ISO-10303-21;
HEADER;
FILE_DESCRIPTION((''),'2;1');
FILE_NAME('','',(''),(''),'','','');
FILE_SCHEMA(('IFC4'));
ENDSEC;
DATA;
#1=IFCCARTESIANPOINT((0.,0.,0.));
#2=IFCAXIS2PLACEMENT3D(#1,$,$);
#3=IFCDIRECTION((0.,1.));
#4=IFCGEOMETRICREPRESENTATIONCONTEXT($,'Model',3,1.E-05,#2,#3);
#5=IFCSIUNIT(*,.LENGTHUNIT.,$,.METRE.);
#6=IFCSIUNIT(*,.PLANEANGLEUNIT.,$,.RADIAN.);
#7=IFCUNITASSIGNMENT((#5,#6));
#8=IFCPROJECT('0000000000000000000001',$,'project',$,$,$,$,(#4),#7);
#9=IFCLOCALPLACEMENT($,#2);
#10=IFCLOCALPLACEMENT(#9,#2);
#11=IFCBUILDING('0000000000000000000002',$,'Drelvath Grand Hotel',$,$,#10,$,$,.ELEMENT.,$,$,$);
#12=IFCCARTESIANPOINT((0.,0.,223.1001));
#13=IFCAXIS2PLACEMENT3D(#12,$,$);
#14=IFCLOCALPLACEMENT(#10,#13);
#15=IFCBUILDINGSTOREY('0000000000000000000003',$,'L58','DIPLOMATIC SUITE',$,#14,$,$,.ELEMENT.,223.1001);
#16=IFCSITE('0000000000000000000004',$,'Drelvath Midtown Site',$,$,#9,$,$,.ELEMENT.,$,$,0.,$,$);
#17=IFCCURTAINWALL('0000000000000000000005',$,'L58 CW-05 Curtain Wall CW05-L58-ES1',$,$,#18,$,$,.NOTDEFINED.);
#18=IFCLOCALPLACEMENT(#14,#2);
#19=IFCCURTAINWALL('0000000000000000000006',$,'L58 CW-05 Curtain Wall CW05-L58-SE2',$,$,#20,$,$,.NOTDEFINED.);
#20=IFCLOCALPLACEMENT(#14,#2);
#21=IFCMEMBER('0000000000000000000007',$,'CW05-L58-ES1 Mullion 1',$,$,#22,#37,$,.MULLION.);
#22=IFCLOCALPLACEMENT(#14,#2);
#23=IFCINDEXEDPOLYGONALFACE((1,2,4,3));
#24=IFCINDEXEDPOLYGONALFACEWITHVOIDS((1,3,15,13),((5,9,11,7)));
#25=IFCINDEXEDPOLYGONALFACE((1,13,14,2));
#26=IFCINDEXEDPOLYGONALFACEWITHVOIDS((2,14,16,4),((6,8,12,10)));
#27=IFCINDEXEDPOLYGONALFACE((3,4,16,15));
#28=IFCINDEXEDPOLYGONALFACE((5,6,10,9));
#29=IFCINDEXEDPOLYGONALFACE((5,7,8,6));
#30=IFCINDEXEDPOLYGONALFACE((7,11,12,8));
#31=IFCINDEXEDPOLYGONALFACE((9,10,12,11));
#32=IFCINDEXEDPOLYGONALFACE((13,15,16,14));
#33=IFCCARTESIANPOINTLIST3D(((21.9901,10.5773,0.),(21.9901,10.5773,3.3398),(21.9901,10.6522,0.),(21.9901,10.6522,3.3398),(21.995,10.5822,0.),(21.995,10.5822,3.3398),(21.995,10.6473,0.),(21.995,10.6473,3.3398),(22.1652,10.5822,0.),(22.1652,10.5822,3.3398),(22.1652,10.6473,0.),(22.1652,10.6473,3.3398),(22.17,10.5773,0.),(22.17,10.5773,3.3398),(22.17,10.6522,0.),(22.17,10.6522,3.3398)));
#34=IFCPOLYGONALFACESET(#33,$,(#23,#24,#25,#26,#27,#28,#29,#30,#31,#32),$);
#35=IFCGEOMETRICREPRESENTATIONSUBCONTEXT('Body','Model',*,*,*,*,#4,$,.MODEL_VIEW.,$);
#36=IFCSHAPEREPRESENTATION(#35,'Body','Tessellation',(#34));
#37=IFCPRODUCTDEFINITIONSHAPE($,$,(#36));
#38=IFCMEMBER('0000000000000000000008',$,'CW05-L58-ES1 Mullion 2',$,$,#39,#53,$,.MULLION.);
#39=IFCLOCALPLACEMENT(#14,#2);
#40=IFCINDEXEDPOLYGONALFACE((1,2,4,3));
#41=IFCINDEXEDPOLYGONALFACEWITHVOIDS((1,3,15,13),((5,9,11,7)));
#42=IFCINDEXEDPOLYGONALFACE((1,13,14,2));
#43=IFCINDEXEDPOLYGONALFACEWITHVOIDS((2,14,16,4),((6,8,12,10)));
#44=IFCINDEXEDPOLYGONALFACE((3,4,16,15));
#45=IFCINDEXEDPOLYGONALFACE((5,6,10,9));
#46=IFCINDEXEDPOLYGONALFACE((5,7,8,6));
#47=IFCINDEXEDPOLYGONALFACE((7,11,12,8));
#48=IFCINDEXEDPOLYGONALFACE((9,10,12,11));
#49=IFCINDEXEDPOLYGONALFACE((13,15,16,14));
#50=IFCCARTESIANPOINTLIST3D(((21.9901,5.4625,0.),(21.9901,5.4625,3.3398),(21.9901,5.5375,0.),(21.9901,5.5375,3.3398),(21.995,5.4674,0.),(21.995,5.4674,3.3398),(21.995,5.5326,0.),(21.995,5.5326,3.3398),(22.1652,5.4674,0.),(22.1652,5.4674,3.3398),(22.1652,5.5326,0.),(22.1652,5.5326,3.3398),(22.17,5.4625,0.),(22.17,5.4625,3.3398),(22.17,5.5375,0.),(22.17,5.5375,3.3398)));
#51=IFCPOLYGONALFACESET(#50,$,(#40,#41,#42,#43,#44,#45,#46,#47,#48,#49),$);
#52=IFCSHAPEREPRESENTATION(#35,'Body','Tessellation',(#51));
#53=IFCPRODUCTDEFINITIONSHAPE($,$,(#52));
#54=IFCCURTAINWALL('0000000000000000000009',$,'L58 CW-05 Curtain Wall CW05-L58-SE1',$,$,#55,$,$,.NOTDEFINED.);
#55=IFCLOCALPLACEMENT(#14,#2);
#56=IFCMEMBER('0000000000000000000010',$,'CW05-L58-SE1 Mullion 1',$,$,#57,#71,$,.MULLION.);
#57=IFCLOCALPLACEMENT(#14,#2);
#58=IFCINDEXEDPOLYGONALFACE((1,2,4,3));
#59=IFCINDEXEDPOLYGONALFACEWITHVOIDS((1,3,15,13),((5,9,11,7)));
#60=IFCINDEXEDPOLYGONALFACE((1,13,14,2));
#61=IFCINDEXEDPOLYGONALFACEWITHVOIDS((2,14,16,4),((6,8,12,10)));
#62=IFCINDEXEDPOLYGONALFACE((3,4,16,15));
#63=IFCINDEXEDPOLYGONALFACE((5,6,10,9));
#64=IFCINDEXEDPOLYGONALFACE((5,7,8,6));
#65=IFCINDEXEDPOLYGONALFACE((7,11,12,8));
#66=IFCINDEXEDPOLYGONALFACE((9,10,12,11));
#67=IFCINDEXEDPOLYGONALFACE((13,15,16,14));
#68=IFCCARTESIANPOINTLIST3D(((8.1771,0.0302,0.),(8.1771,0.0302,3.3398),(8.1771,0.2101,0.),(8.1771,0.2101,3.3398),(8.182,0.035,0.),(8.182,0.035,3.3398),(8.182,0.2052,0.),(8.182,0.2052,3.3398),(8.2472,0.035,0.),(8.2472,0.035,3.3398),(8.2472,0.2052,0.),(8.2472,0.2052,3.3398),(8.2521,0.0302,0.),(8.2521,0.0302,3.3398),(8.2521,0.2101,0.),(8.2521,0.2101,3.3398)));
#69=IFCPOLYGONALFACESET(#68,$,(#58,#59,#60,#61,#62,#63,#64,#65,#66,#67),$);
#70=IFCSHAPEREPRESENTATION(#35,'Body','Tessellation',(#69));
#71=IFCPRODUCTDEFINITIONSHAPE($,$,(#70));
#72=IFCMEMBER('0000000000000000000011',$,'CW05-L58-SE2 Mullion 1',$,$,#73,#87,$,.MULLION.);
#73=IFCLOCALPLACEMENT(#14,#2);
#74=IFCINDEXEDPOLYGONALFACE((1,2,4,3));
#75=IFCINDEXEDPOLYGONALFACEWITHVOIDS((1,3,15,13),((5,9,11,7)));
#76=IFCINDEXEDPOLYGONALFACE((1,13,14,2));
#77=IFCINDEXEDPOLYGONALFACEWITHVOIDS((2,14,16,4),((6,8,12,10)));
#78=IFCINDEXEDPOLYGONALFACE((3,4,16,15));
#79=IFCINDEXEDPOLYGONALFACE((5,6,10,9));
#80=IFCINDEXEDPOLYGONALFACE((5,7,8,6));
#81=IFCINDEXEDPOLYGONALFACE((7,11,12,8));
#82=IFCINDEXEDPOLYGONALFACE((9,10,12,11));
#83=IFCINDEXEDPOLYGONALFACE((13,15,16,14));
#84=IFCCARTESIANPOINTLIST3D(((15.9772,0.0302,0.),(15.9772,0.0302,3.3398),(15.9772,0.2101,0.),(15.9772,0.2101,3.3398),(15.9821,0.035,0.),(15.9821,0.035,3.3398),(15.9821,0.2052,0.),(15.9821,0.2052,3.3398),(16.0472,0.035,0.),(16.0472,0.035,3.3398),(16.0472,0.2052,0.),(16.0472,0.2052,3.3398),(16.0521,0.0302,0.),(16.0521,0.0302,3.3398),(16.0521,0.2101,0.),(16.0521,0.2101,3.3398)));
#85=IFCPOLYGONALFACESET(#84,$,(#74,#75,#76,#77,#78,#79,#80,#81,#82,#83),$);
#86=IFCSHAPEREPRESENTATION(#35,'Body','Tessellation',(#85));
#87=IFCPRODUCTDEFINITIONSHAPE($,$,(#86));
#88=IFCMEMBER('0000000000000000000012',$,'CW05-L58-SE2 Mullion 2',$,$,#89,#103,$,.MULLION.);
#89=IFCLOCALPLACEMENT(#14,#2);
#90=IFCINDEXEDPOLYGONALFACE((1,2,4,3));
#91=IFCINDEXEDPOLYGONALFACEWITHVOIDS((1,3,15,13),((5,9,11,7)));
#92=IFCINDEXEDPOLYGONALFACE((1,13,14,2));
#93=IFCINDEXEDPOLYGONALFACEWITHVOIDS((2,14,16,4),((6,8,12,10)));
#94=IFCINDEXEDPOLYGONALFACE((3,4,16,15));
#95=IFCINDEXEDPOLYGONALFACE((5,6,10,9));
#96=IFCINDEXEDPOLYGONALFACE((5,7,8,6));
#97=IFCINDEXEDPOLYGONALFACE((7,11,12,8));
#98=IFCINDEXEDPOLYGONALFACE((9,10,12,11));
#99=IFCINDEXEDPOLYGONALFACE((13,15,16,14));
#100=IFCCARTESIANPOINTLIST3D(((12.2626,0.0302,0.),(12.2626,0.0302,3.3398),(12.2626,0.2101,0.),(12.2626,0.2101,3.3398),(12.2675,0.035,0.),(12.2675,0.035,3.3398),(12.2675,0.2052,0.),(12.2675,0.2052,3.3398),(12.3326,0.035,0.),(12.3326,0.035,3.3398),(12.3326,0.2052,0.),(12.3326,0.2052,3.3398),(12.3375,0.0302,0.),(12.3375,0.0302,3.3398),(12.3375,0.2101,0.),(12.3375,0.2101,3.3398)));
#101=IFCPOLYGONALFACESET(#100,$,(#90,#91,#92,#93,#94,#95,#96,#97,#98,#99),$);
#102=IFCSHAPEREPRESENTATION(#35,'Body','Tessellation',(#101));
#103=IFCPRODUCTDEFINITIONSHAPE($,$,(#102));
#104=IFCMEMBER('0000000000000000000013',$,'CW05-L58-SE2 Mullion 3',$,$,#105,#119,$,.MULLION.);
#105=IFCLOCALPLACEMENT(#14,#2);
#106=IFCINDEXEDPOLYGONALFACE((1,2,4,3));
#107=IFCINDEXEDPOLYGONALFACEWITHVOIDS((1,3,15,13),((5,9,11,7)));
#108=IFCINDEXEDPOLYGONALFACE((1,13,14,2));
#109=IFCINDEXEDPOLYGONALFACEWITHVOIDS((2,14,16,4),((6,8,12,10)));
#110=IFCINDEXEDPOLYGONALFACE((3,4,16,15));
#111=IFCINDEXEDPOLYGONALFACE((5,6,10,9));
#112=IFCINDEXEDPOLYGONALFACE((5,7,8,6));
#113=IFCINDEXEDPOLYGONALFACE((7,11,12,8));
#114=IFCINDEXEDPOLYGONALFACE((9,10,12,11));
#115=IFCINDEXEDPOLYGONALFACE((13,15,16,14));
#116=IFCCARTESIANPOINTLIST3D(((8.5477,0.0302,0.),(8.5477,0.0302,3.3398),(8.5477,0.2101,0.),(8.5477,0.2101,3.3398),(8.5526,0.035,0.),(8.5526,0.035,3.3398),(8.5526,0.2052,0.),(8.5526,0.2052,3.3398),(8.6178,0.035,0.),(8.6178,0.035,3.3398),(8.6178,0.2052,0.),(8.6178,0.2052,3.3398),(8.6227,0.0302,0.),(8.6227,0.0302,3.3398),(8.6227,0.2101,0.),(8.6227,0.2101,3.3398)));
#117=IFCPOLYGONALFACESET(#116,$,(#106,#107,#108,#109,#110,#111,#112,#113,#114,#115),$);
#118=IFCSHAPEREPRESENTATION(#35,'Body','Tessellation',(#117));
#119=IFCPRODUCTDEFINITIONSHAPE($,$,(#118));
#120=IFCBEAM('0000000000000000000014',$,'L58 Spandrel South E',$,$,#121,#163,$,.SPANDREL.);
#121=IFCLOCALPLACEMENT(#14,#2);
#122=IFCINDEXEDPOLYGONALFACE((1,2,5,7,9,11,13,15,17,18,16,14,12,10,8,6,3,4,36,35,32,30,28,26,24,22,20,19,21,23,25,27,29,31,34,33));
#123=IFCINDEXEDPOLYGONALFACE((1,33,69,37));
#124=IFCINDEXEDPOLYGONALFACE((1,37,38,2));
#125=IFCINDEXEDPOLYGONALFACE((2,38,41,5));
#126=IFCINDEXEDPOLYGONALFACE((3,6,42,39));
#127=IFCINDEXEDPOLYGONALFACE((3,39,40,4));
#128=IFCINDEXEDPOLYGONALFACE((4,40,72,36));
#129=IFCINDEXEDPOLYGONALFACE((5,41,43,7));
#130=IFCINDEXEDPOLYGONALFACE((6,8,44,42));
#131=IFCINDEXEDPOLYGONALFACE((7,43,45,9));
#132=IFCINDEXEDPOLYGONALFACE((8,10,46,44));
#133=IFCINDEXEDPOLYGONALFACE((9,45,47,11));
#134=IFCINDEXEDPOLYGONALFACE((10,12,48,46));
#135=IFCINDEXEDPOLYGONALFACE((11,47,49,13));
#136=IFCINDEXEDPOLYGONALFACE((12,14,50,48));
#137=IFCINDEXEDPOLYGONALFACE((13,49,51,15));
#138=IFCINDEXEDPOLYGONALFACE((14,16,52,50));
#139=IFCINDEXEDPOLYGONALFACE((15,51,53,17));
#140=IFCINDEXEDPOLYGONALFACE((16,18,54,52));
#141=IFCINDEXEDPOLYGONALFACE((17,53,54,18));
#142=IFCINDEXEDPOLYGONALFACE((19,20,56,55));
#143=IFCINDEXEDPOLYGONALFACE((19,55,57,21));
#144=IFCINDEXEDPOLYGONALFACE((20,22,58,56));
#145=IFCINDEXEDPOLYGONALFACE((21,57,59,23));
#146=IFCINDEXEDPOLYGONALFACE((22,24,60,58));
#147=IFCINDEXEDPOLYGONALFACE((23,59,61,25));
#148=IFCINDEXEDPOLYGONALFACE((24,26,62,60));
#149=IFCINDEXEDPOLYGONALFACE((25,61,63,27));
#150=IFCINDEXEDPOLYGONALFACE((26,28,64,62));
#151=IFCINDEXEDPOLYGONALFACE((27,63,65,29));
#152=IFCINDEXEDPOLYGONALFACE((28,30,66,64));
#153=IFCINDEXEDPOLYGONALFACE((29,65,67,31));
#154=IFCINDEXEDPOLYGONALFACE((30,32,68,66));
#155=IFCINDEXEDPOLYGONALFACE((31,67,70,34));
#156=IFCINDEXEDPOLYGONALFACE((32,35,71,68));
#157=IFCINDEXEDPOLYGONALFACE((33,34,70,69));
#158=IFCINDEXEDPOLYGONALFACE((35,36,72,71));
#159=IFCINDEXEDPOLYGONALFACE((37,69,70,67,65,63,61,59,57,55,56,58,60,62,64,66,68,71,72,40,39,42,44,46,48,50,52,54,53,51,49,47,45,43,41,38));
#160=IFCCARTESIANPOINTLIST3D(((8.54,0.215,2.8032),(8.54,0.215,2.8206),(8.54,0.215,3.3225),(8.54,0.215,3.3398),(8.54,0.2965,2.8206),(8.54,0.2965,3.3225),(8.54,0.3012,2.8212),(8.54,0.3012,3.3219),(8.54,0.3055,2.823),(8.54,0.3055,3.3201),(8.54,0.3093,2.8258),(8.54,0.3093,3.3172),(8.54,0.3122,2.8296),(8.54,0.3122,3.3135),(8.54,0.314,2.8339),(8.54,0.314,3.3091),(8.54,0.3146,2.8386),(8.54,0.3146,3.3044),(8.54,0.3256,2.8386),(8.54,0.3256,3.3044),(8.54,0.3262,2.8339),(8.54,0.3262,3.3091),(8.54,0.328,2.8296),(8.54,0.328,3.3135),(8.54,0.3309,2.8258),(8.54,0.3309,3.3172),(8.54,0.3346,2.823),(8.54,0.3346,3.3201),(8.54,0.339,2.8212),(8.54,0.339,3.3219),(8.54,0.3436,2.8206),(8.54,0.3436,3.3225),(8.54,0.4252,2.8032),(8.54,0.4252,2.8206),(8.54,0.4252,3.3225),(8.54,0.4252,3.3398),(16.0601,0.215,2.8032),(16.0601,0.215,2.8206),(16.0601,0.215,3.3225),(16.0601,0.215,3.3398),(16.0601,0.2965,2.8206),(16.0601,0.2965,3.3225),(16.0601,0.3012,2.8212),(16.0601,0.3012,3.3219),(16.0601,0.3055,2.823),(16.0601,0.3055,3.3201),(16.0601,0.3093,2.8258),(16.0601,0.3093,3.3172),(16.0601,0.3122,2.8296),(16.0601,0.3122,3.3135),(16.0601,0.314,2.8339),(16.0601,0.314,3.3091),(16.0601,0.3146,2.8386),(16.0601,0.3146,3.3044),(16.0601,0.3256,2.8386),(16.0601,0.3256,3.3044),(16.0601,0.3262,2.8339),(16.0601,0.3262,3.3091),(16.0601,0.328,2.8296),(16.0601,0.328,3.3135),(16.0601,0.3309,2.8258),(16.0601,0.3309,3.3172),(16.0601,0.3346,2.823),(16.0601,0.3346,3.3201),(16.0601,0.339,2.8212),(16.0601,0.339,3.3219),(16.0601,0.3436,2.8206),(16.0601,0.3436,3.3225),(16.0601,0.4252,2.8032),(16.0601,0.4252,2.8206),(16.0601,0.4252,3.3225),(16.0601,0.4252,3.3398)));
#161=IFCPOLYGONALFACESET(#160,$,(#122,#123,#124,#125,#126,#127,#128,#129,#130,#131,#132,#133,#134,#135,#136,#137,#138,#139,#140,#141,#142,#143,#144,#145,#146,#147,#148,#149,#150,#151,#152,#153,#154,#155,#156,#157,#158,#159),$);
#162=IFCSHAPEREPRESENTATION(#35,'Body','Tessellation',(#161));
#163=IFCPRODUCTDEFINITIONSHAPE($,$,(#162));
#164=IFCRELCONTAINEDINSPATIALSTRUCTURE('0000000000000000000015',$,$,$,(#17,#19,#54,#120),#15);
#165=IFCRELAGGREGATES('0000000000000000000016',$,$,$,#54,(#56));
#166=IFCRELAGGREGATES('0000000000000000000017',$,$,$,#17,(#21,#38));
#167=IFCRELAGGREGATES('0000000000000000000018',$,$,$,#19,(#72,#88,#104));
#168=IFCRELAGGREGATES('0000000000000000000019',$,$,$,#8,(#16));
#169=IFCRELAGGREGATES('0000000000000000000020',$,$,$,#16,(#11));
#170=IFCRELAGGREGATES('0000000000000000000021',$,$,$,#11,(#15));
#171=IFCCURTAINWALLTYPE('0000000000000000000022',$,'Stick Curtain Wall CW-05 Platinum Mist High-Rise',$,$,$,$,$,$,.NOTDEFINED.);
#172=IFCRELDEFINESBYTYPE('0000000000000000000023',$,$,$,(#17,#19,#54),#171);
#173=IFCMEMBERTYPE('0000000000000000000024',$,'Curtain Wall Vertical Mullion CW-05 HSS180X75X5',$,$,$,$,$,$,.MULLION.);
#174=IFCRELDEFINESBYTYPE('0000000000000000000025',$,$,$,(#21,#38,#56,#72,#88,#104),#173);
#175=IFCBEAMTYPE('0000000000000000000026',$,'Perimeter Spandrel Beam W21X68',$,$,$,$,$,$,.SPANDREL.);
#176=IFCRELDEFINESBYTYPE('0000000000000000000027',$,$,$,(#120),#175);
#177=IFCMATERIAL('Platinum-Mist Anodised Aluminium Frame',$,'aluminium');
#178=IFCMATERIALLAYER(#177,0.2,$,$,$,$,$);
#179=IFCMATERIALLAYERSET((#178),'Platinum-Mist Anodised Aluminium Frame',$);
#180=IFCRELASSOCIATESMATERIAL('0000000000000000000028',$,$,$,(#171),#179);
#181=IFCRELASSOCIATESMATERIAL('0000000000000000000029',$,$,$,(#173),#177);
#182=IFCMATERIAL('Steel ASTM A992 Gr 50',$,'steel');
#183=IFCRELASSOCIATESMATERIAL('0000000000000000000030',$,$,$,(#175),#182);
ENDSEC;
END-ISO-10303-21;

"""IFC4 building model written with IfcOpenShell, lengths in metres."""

from ifc_helpers import new_model, si_unit, direction, frame, origin, origin_2d, place, context, subcontext, project, spatial, hollow_rectangle, i_section, extrude, material, layer, layer_set, material_profile, profile_set, type_object, element, aggregate, save


model = new_model("IFC4")

# Units and contexts
model_context = context("Model", 3, precision=1e-05, world=origin(), true_north=direction((0.0, 1.0)))
body_context = subcontext(model_context, "Body", "Model", "MODEL_VIEW")
ifc_project = project(units=[si_unit("LENGTHUNIT", "METRE"), si_unit("PLANEANGLEUNIT", "RADIAN")], contexts=[model_context])

# Site, building, storey
site_placement = place(None, origin())
site = spatial("IfcSite", under=ifc_project, at=site_placement, Name="Drelvath Midtown Site", CompositionType="ELEMENT", RefElevation=0.0)
building_placement = place(site_placement, origin())
building = spatial("IfcBuilding", under=site, at=building_placement, Name="Drelvath Grand Hotel", CompositionType="ELEMENT")
storey_placement = place(building_placement, frame((0.0, 0.0, 223.1001)))
storey = spatial("IfcBuildingStorey", under=building, at=storey_placement, Name="L58", Description="DIPLOMATIC SUITE", CompositionType="ELEMENT", Elevation=223.1001)

# Shared definitions
ifc_material_1 = material(Name="Steel ASTM A992 Gr 50", Category="steel")

# Curtain walls
ifc_material_2 = material(Name="Platinum-Mist Anodised Aluminium Frame", Category="aluminium")
ifc_layer_1 = layer(ifc_material_2, 0.2)
ifc_layer_set_1 = layer_set([ifc_layer_1], Name="Platinum-Mist Anodised Aluminium Frame")
curtain_wall_type = type_object("IfcCurtainWallType", Name="Stick Curtain Wall CW-05 Platinum Mist High-Rise", PredefinedType="NOTDEFINED", material=ifc_layer_set_1)
curtain_wall_1_placement = place(storey_placement, origin())
curtain_wall_1 = element("IfcCurtainWall", 1, at=curtain_wall_1_placement, inside=storey, type_object=curtain_wall_type, Name="L58 CW-05 Curtain Wall CW05-L58-ES1", PredefinedType="NOTDEFINED")
curtain_wall_2_placement = place(storey_placement, origin())
curtain_wall_2 = element("IfcCurtainWall", 2, at=curtain_wall_2_placement, inside=storey, type_object=curtain_wall_type, Name="L58 CW-05 Curtain Wall CW05-L58-SE2", PredefinedType="NOTDEFINED")

# Members
ifc_material_profile_1 = material_profile(ifc_material_2, hollow_rectangle(XDim=0.075, YDim=0.1799, WallThickness=0.0049, at=origin_2d()), Name="HSS180X75X5")
ifc_profile_set_1 = profile_set([ifc_material_profile_1], Name="Platinum-Mist Anodised Aluminium Frame")
member_type_1 = type_object("IfcMemberType", Name="Curtain Wall Vertical Mullion CW-05 HSS180X75X5", PredefinedType="MULLION", material=ifc_profile_set_1)
member_1_placement = place(storey_placement, frame((22.0801, 10.6147, 0.0), z_axis=(0.0, 0.0, 1.0), x_axis=(0.0, 1.0, 0.0)))
member_1 = element("IfcMember", 3, at=member_1_placement, type_object=member_type_1, Name="CW05-L58-ES1 Mullion 1", PredefinedType="MULLION", context=body_context, shape_type="SweptSolid", body=[
    extrude(hollow_rectangle(XDim=0.075, YDim=0.1799, WallThickness=0.0049, at=origin_2d()), origin(), (0.0, 0.0, 1.0), 3.3398),
])
member_2_placement = place(storey_placement, frame((22.0801, 5.5, 0.0), z_axis=(0.0, 0.0, 1.0), x_axis=(0.0, 1.0, 0.0)))
member_2 = element("IfcMember", 4, at=member_2_placement, type_object=member_type_1, Name="CW05-L58-ES1 Mullion 2", PredefinedType="MULLION", context=body_context, shape_type="SweptSolid", body=[
    extrude(hollow_rectangle(XDim=0.075, YDim=0.1799, WallThickness=0.0049, at=origin_2d()), origin(), (0.0, 0.0, 1.0), 3.3398),
])

# Curtain wall, member
curtain_wall_3_placement = place(storey_placement, origin())
curtain_wall_3 = element("IfcCurtainWall", 5, at=curtain_wall_3_placement, inside=storey, type_object=curtain_wall_type, Name="L58 CW-05 Curtain Wall CW05-L58-SE1", PredefinedType="NOTDEFINED")
member_3_placement = place(storey_placement, frame((8.2146, 0.1201, 0.0), z_axis=(0.0, 0.0, 1.0), x_axis=(1.0, 0.0, 0.0)))
member_3 = element("IfcMember", 6, at=member_3_placement, type_object=member_type_1, Name="CW05-L58-SE1 Mullion 1", PredefinedType="MULLION", context=body_context, shape_type="SweptSolid", body=[
    extrude(hollow_rectangle(XDim=0.075, YDim=0.1799, WallThickness=0.0049, at=origin_2d()), origin(), (0.0, 0.0, 1.0), 3.3398),
])
aggregate(curtain_wall_3, [member_3])

# Members
member_4_placement = place(storey_placement, frame((16.0146, 0.1201, 0.0), z_axis=(0.0, 0.0, 1.0), x_axis=(1.0, 0.0, 0.0)))
member_4 = element("IfcMember", 7, at=member_4_placement, type_object=member_type_1, Name="CW05-L58-SE2 Mullion 1", PredefinedType="MULLION", context=body_context, shape_type="SweptSolid", body=[
    extrude(hollow_rectangle(XDim=0.075, YDim=0.1799, WallThickness=0.0049, at=origin_2d()), origin(), (0.0, 0.0, 1.0), 3.3398),
])
member_5_placement = place(storey_placement, frame((12.3, 0.1201, 0.0), z_axis=(0.0, 0.0, 1.0), x_axis=(1.0, 0.0, 0.0)))
member_5 = element("IfcMember", 8, at=member_5_placement, type_object=member_type_1, Name="CW05-L58-SE2 Mullion 2", PredefinedType="MULLION", context=body_context, shape_type="SweptSolid", body=[
    extrude(hollow_rectangle(XDim=0.075, YDim=0.1799, WallThickness=0.0049, at=origin_2d()), origin(), (0.0, 0.0, 1.0), 3.3398),
])
member_6_placement = place(storey_placement, frame((8.5852, 0.1201, 0.0), z_axis=(0.0, 0.0, 1.0), x_axis=(1.0, 0.0, 0.0)))
member_6 = element("IfcMember", 9, at=member_6_placement, type_object=member_type_1, Name="CW05-L58-SE2 Mullion 3", PredefinedType="MULLION", context=body_context, shape_type="SweptSolid", body=[
    extrude(hollow_rectangle(XDim=0.075, YDim=0.1799, WallThickness=0.0049, at=origin_2d()), origin(), (0.0, 0.0, 1.0), 3.3398),
])

# Beam
ifc_material_profile_2 = material_profile(ifc_material_1, i_section(OverallWidth=0.2102, OverallDepth=0.5366, WebThickness=0.011, FlangeThickness=0.0173, FilletRadius=0.0181, at=origin_2d()), Name="W21X68")
ifc_profile_set_2 = profile_set([ifc_material_profile_2], Name="Steel ASTM A992 Gr 50")
beam_type_1 = type_object("IfcBeamType", Name="Perimeter Spandrel Beam W21X68", PredefinedType="SPANDREL", material=ifc_profile_set_2)
beam_1_placement = place(storey_placement, frame((8.54, 0.3201, 3.0715), z_axis=(1.0, 0.0, 0.0), x_axis=(0.0, 1.0, 0.0)))
element("IfcBeam", 10, at=beam_1_placement, inside=storey, type_object=beam_type_1, Name="L58 Spandrel South E", PredefinedType="SPANDREL", context=body_context, shape_type="SweptSolid", body=[
    extrude(i_section(OverallWidth=0.2102, OverallDepth=0.5366, WebThickness=0.011, FlangeThickness=0.0173, FilletRadius=0.0181, at=origin_2d()), origin(), (0.0, 0.0, 1.0), 7.52),
])

aggregate(curtain_wall_1, [member_1, member_2])
aggregate(curtain_wall_2, [member_4, member_5, member_6])

save(model, "model.ifc")
